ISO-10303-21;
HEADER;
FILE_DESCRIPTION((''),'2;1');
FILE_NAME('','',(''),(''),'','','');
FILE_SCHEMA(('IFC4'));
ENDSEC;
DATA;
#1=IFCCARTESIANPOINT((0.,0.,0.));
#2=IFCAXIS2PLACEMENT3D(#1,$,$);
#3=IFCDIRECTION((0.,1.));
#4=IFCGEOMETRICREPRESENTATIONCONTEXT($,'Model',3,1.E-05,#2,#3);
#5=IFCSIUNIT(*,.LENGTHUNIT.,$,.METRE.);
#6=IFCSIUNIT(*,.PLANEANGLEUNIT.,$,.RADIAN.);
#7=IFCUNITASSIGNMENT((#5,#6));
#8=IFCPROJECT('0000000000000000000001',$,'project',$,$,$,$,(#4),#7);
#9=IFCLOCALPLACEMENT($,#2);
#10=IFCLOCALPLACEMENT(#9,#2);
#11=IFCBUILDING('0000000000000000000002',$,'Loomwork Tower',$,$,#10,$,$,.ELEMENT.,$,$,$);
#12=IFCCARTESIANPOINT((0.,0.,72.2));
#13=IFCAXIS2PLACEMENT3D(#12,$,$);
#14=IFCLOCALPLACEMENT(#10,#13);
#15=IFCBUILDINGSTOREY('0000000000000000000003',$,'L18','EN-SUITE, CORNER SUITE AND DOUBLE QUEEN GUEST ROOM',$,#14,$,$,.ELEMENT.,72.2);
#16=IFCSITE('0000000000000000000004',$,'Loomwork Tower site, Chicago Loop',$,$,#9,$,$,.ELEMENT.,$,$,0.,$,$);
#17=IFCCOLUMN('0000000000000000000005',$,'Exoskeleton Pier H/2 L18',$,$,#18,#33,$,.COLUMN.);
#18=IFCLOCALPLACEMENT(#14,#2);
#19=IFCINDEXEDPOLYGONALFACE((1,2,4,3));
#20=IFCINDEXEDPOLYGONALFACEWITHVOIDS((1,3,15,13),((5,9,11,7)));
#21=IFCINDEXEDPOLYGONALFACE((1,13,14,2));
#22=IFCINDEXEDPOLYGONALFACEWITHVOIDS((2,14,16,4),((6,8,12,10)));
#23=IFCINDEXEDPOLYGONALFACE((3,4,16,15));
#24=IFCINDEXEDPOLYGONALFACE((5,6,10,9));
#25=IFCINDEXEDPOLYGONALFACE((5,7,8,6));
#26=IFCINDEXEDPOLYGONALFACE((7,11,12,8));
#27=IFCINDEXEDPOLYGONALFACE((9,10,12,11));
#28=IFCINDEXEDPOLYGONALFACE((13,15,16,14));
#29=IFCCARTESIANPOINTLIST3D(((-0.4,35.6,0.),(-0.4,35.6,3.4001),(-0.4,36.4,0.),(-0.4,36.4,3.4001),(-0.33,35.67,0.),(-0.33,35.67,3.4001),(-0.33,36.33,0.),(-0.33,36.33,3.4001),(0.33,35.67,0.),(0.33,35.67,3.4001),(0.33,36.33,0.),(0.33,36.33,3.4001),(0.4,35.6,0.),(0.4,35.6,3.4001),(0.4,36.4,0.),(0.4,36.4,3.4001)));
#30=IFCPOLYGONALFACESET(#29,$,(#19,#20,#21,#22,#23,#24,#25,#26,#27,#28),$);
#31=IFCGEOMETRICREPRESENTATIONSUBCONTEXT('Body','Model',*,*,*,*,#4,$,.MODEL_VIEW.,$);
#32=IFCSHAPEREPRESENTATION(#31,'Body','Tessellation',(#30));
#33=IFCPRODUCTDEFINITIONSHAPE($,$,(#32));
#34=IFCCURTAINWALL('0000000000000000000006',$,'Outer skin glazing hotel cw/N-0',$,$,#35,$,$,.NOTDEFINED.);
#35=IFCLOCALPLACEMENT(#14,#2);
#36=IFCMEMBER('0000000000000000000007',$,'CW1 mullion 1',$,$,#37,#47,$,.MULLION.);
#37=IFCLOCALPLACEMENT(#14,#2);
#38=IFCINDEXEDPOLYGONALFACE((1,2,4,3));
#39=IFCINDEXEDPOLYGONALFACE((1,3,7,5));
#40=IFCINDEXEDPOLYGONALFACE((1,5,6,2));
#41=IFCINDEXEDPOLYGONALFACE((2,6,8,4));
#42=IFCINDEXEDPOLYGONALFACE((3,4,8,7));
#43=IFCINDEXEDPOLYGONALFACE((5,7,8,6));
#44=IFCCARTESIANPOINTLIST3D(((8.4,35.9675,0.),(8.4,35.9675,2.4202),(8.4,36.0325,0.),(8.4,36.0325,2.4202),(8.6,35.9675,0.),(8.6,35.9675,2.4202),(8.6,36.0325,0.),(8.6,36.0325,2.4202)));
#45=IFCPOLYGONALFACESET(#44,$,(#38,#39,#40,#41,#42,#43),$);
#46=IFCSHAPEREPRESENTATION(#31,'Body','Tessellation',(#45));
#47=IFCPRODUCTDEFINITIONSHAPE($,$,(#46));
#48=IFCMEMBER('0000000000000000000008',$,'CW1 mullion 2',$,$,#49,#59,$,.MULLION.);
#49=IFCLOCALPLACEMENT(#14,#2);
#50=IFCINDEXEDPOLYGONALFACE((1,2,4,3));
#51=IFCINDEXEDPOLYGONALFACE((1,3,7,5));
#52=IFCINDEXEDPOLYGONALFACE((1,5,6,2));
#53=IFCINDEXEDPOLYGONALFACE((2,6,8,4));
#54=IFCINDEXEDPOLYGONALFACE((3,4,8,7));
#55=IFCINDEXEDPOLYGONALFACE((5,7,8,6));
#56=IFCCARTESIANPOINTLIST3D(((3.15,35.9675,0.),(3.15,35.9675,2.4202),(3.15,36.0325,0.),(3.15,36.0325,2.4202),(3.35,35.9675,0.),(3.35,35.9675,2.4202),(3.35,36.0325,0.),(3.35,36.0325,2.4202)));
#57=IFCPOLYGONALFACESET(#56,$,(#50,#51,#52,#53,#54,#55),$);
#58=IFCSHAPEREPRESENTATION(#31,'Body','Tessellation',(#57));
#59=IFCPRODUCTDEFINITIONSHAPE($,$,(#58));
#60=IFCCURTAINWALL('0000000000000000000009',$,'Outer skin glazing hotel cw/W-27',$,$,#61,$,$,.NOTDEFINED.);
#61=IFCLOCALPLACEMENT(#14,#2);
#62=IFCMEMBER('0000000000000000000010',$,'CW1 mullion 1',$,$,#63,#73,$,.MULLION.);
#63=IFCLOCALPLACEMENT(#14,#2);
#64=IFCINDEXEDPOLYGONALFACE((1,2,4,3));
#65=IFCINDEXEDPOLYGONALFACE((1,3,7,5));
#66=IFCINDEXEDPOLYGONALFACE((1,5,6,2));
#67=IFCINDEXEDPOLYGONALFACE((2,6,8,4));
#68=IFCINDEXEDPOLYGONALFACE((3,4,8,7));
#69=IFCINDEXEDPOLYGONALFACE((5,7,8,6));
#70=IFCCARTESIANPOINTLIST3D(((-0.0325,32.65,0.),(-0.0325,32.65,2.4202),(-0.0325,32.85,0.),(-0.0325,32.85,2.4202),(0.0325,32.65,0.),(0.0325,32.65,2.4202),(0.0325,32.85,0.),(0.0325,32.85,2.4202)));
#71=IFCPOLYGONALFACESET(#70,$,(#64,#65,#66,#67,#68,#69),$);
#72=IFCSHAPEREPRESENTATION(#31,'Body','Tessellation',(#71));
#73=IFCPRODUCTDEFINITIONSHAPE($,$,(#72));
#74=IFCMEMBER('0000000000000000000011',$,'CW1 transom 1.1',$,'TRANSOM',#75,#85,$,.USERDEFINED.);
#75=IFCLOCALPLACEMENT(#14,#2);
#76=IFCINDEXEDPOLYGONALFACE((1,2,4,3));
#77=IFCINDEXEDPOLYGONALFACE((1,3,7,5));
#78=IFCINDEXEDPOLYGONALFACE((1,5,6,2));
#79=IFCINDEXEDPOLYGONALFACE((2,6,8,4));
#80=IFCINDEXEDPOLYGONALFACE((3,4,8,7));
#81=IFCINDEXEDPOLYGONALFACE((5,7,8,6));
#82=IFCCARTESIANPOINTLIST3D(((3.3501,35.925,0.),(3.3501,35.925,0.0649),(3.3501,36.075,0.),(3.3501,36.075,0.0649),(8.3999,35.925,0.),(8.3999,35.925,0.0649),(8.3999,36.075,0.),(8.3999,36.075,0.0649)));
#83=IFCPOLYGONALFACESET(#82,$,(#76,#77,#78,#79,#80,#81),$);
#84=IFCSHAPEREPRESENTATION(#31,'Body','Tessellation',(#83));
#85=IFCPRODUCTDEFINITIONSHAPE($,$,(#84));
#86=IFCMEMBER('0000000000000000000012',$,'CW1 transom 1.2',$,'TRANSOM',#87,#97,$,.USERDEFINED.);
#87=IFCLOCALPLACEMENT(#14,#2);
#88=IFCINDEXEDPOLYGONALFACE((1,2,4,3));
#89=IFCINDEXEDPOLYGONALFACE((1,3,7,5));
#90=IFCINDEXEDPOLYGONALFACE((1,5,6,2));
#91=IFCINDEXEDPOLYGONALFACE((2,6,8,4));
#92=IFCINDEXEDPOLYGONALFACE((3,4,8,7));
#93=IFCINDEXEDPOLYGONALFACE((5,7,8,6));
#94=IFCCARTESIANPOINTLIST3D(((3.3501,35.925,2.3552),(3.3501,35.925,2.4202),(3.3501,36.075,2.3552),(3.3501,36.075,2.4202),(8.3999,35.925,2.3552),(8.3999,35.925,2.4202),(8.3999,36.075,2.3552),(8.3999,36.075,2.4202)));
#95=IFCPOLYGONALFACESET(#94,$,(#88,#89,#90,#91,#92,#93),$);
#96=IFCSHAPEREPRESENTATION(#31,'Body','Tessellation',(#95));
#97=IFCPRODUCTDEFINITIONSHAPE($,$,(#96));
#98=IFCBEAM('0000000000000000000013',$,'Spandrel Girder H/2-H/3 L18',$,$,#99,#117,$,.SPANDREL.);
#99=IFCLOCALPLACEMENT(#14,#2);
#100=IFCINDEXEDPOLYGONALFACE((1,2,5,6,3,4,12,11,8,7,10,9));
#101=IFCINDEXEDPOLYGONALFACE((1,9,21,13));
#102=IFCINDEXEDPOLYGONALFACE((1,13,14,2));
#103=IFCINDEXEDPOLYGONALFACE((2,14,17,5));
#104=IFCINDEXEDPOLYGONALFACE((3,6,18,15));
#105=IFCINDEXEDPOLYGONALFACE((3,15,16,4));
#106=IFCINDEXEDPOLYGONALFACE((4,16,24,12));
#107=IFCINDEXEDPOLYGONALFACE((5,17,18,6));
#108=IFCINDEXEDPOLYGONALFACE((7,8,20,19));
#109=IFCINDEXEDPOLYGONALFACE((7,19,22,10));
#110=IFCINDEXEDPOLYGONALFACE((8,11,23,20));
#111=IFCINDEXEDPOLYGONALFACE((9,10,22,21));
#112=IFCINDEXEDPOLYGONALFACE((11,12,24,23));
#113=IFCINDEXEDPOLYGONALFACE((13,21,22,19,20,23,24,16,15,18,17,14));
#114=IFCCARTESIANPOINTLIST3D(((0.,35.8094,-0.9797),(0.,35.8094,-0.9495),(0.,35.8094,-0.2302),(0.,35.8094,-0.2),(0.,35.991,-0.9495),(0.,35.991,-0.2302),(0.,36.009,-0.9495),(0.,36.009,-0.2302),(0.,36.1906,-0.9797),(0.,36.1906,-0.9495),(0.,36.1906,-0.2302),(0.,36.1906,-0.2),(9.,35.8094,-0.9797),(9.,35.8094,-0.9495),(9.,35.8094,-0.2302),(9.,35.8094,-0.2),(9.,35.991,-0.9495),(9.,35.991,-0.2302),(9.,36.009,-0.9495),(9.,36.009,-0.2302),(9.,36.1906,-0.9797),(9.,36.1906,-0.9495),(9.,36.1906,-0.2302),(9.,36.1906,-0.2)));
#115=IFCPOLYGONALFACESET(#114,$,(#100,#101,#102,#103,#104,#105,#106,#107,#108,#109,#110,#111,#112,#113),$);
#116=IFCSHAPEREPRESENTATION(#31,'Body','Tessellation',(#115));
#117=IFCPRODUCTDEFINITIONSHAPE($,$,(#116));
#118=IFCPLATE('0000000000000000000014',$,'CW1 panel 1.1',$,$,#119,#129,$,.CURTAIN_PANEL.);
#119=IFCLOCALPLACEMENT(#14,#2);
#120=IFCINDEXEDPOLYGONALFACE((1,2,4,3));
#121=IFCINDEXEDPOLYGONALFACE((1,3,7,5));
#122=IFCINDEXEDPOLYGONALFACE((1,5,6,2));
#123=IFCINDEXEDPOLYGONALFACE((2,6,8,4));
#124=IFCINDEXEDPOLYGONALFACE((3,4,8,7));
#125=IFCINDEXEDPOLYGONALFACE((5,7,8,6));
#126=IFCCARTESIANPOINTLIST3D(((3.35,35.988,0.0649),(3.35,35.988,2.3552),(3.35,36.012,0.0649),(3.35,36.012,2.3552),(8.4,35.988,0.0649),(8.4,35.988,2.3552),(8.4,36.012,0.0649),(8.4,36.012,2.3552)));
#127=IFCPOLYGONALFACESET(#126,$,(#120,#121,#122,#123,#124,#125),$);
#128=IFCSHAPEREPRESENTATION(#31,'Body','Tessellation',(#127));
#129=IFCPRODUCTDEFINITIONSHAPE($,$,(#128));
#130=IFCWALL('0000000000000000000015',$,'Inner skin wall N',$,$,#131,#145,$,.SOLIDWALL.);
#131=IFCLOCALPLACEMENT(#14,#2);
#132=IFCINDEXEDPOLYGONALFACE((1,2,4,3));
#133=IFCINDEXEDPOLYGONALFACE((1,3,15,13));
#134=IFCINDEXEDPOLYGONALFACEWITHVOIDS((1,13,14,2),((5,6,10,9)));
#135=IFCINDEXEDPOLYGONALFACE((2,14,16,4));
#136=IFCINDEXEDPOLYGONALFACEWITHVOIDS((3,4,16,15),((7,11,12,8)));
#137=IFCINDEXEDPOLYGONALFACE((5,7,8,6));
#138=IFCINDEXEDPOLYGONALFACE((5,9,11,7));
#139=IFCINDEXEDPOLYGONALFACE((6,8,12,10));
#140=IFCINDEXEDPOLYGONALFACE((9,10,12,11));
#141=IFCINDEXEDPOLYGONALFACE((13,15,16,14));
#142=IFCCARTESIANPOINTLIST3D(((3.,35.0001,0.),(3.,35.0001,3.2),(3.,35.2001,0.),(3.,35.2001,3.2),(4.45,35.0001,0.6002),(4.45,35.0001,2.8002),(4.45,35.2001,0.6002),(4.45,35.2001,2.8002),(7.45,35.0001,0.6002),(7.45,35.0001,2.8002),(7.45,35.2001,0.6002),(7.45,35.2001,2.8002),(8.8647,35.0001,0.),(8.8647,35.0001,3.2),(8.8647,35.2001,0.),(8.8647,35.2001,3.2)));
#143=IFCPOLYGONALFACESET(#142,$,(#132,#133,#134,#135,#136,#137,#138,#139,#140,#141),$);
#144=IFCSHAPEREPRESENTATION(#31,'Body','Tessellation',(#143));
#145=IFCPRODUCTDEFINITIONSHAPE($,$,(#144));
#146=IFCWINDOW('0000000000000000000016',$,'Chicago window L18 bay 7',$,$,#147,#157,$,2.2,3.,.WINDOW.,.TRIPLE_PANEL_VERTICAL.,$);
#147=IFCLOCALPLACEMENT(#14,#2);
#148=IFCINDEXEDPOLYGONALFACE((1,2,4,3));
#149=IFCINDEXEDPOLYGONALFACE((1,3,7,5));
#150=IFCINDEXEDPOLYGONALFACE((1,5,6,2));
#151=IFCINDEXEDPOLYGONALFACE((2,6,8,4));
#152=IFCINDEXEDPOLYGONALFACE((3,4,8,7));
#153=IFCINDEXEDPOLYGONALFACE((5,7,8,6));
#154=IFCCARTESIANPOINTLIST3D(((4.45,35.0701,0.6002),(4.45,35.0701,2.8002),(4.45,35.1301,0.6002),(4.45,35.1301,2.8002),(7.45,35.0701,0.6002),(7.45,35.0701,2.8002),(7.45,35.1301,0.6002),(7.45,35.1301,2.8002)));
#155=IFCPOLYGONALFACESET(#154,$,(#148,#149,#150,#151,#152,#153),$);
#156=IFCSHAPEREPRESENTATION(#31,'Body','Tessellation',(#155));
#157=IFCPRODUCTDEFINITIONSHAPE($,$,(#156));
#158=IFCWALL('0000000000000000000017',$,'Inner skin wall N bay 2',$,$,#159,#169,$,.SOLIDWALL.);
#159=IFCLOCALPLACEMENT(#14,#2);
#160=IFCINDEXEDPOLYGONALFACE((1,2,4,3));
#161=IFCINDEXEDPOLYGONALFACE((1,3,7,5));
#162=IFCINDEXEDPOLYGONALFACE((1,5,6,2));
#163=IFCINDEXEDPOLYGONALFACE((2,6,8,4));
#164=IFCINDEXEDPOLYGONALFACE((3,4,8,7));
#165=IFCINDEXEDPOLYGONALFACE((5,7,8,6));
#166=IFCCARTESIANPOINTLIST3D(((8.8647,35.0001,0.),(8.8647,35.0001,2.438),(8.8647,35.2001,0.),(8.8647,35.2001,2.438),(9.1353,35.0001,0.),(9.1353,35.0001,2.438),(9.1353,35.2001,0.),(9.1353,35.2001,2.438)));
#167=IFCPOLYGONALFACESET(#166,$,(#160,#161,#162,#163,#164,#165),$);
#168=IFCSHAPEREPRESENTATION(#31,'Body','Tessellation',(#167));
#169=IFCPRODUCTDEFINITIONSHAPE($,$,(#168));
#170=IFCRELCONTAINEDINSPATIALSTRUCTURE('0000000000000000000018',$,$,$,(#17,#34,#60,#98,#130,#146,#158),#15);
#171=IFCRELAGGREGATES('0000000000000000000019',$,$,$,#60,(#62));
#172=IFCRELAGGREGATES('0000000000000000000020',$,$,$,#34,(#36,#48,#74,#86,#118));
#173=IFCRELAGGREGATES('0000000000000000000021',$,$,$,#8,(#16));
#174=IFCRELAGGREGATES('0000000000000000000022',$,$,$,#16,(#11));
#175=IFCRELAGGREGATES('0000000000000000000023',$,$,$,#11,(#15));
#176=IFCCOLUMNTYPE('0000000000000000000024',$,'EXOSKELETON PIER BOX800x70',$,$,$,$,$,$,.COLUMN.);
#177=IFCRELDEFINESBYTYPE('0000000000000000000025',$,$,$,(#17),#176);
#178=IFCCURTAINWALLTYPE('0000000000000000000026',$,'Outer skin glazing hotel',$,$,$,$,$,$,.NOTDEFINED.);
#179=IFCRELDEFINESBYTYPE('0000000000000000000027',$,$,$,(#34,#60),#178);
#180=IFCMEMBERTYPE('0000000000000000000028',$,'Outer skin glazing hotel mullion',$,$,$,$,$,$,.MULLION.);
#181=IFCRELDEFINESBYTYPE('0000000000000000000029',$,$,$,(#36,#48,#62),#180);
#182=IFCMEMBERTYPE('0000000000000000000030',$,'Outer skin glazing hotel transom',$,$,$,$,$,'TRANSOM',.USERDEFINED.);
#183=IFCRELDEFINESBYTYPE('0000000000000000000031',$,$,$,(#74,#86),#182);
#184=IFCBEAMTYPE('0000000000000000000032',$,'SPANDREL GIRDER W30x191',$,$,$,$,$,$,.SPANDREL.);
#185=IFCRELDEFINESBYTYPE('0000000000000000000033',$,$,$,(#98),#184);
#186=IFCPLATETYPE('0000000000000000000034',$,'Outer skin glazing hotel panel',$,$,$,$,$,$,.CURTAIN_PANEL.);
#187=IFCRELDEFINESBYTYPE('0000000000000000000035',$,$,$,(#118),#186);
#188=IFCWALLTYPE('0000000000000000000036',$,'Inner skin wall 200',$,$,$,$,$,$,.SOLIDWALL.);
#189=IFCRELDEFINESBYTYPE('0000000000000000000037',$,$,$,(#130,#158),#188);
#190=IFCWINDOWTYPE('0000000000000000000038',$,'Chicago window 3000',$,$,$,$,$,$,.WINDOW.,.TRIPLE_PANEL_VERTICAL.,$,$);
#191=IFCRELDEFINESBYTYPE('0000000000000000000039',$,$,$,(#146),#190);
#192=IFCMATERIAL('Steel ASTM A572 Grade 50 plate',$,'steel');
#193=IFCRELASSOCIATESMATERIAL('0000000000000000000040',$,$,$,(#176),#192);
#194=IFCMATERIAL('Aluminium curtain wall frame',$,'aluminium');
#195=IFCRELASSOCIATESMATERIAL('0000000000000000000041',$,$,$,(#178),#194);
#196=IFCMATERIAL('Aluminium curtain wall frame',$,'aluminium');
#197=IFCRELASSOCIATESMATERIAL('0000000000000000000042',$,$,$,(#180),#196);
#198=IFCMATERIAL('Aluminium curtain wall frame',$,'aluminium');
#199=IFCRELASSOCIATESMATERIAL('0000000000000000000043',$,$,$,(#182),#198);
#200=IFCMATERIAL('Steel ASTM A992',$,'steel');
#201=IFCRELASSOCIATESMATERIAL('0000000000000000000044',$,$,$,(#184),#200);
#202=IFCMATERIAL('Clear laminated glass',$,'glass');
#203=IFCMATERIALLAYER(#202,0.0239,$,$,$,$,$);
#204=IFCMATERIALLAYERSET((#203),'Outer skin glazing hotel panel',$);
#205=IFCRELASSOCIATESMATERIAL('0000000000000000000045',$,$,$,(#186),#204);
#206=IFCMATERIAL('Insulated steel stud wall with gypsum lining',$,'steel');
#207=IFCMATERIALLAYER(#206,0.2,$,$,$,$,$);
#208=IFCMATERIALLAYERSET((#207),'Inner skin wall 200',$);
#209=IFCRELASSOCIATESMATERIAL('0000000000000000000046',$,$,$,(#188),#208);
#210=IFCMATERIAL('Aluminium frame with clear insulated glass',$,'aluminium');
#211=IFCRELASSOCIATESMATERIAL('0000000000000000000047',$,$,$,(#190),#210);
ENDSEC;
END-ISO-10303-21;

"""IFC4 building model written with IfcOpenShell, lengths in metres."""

from ifc_helpers import new_model, si_unit, direction, frame, frame_2d, origin, origin_2d, place, context, subcontext, project, spatial, rectangle, hollow_rectangle, i_section, extrude, material, layer, layer_set, material_profile, profile_set, type_object, element, fill, aggregate, save


model = new_model("IFC4")

# Units and contexts
model_context = context("Model", 3, precision=1e-05, world=origin(), true_north=direction((0.0, 1.0)))
body_context = subcontext(model_context, "Body", "Model", "MODEL_VIEW")
ifc_project = project(units=[si_unit("LENGTHUNIT", "METRE"), si_unit("PLANEANGLEUNIT", "RADIAN")], contexts=[model_context])

# Site, building, storey
site_placement = place(None, origin())
site = spatial("IfcSite", under=ifc_project, at=site_placement, Name="Loomwork Tower site, Chicago Loop", CompositionType="ELEMENT", RefElevation=0.0)
building_placement = place(site_placement, origin())
building = spatial("IfcBuilding", under=site, at=building_placement, Name="Loomwork Tower", CompositionType="ELEMENT")
storey_placement = place(building_placement, frame((0.0, 0.0, 72.2)))
storey = spatial("IfcBuildingStorey", under=building, at=storey_placement, Name="L18", Description="EN-SUITE, CORNER SUITE AND DOUBLE QUEEN GUEST ROOM", CompositionType="ELEMENT", Elevation=72.2)

# Column
ifc_material_1 = material(Name="Steel ASTM A572 Grade 50 plate", Category="steel")
ifc_material_profile_1 = material_profile(ifc_material_1, hollow_rectangle(XDim=0.8, YDim=0.8, WallThickness=0.0701, at=origin_2d()), Name="BOX800x70")
ifc_profile_set_1 = profile_set([ifc_material_profile_1], Name="Steel ASTM A572 Grade 50 plate")
column_type = type_object("IfcColumnType", Name="EXOSKELETON PIER BOX800x70", PredefinedType="COLUMN", material=ifc_profile_set_1)
column_placement = place(storey_placement, frame((0.0, 36.0, 0.0), z_axis=(0.0, 0.0, 1.0), x_axis=(1.0, 0.0, 0.0)))
element("IfcColumn", 1, at=column_placement, inside=storey, type_object=column_type, Name="Exoskeleton Pier H/2 L18", PredefinedType="COLUMN", context=body_context, shape_type="SweptSolid", body=[
    extrude(hollow_rectangle(XDim=0.8, YDim=0.8, WallThickness=0.0701, at=origin_2d()), origin(), (0.0, 0.0, 1.0), 3.4001),
])

# Curtain wall, members
ifc_material_2 = material(Name="Aluminium curtain wall frame", Category="aluminium")
curtain_wall_type = type_object("IfcCurtainWallType", Name="Outer skin glazing hotel", PredefinedType="NOTDEFINED", material=ifc_material_2)
curtain_wall_1_placement = place(storey_placement, origin())
curtain_wall_1 = element("IfcCurtainWall", 2, at=curtain_wall_1_placement, inside=storey, type_object=curtain_wall_type, Name="Outer skin glazing hotel cw/N-0", PredefinedType="NOTDEFINED")
ifc_material_3 = material(Name="Aluminium curtain wall frame", Category="aluminium")
ifc_material_profile_2 = material_profile(ifc_material_3, rectangle(XDim=0.0649, YDim=0.2, at=origin_2d()), Name="AL 65x200")
ifc_profile_set_2 = profile_set([ifc_material_profile_2], Name="Aluminium curtain wall frame")
member_type_1 = type_object("IfcMemberType", Name="Outer skin glazing hotel mullion", PredefinedType="MULLION", material=ifc_profile_set_2)
member_1_placement = place(storey_placement, frame((8.5, 36.0, 0.0), z_axis=(0.0, 0.0, 1.0), x_axis=(0.0, -1.0, 0.0)))
member_1 = element("IfcMember", 3, at=member_1_placement, type_object=member_type_1, Name="CW1 mullion 1", PredefinedType="MULLION", context=body_context, shape_type="SweptSolid", body=[
    extrude(rectangle(XDim=0.0649, YDim=0.2, at=origin_2d()), origin(), (0.0, 0.0, 1.0), 2.4202),
])
member_2_placement = place(storey_placement, frame((3.25, 36.0, 0.0), z_axis=(0.0, 0.0, 1.0), x_axis=(0.0, -1.0, 0.0)))
member_2 = element("IfcMember", 4, at=member_2_placement, type_object=member_type_1, Name="CW1 mullion 2", PredefinedType="MULLION", context=body_context, shape_type="SweptSolid", body=[
    extrude(rectangle(XDim=0.0649, YDim=0.2, at=origin_2d()), origin(), (0.0, 0.0, 1.0), 2.4202),
])

# Curtain wall, member
curtain_wall_2_placement = place(storey_placement, origin())
curtain_wall_2 = element("IfcCurtainWall", 5, at=curtain_wall_2_placement, inside=storey, type_object=curtain_wall_type, Name="Outer skin glazing hotel cw/W-27", PredefinedType="NOTDEFINED")
member_3_placement = place(storey_placement, frame((0.0, 32.75, 0.0), z_axis=(0.0, 0.0, 1.0), x_axis=(1.0, 0.0, 0.0)))
member_3 = element("IfcMember", 6, at=member_3_placement, type_object=member_type_1, Name="CW1 mullion 1", PredefinedType="MULLION", context=body_context, shape_type="SweptSolid", body=[
    extrude(rectangle(XDim=0.0649, YDim=0.2, at=origin_2d()), origin(), (0.0, 0.0, 1.0), 2.4202),
])
aggregate(curtain_wall_2, [member_3])

# Members
ifc_material_4 = material(Name="Aluminium curtain wall frame", Category="aluminium")
ifc_material_profile_3 = material_profile(ifc_material_4, rectangle(XDim=0.1499, YDim=0.0649, at=origin_2d()), Name="AL 65x150")
ifc_profile_set_3 = profile_set([ifc_material_profile_3], Name="Aluminium curtain wall frame")
member_type_2 = type_object("IfcMemberType", Name="Outer skin glazing hotel transom", ElementType="TRANSOM", PredefinedType="USERDEFINED", material=ifc_profile_set_3)
member_4_placement = place(storey_placement, frame((8.3999, 36.0, 0.0325), z_axis=(-1.0, 0.0, 0.0), x_axis=(0.0, -1.0, 0.0)))
member_4 = element("IfcMember", 7, at=member_4_placement, type_object=member_type_2, Name="CW1 transom 1.1", ObjectType="TRANSOM", PredefinedType="USERDEFINED", context=body_context, shape_type="SweptSolid", body=[
    extrude(rectangle(XDim=0.1499, YDim=0.0649, at=origin_2d()), origin(), (0.0, 0.0, 1.0), 5.0498),
])
member_5_placement = place(storey_placement, frame((8.3999, 36.0, 2.3877), z_axis=(-1.0, 0.0, 0.0), x_axis=(0.0, -1.0, 0.0)))
member_5 = element("IfcMember", 8, at=member_5_placement, type_object=member_type_2, Name="CW1 transom 1.2", ObjectType="TRANSOM", PredefinedType="USERDEFINED", context=body_context, shape_type="SweptSolid", body=[
    extrude(rectangle(XDim=0.1499, YDim=0.0649, at=origin_2d()), origin(), (0.0, 0.0, 1.0), 5.0498),
])

# Beam
ifc_material_5 = material(Name="Steel ASTM A992", Category="steel")
ifc_material_profile_4 = material_profile(ifc_material_5, i_section(OverallWidth=0.3811, OverallDepth=0.7798, WebThickness=0.0181, FlangeThickness=0.0303, at=origin_2d()), Name="W30x191")
ifc_profile_set_4 = profile_set([ifc_material_profile_4], Name="Steel ASTM A992")
beam_type = type_object("IfcBeamType", Name="SPANDREL GIRDER W30x191", PredefinedType="SPANDREL", material=ifc_profile_set_4)
beam_placement = place(storey_placement, frame((0.0, 36.0, -0.5898), z_axis=(1.0, 0.0, 0.0), x_axis=(0.0, 1.0, 0.0)))
element("IfcBeam", 9, at=beam_placement, inside=storey, type_object=beam_type, Name="Spandrel Girder H/2-H/3 L18", PredefinedType="SPANDREL", context=body_context, shape_type="SweptSolid", body=[
    extrude(i_section(OverallWidth=0.3811, OverallDepth=0.7798, WebThickness=0.0181, FlangeThickness=0.0303, at=origin_2d()), origin(), (0.0, 0.0, 1.0), 9.0),
])

# Plate
ifc_material_6 = material(Name="Clear laminated glass", Category="glass")
ifc_layer_1 = layer(ifc_material_6, 0.0239)
ifc_layer_set_1 = layer_set([ifc_layer_1], Name="Outer skin glazing hotel panel")
plate_type = type_object("IfcPlateType", Name="Outer skin glazing hotel panel", PredefinedType="CURTAIN_PANEL", material=ifc_layer_set_1)
plate_placement = place(storey_placement, frame((5.875, 36.0, 0.0649), z_axis=(0.0, 0.0, 1.0), x_axis=(-1.0, 0.0, 0.0)))
plate = element("IfcPlate", 10, at=plate_placement, type_object=plate_type, Name="CW1 panel 1.1", PredefinedType="CURTAIN_PANEL", context=body_context, shape_type="SweptSolid", body=[
    extrude(rectangle(XDim=5.05, YDim=0.0239, at=origin_2d()), origin(), (0.0, 0.0, 1.0), 2.2903),
])
aggregate(curtain_wall_1, [member_1, member_2, member_4, member_5, plate])

# Wall, opening, window
ifc_material_7 = material(Name="Insulated steel stud wall with gypsum lining", Category="steel")
ifc_layer_2 = layer(ifc_material_7, 0.2)
ifc_layer_set_2 = layer_set([ifc_layer_2], Name="Inner skin wall 200")
wall_type_1 = type_object("IfcWallType", Name="Inner skin wall 200", PredefinedType="SOLIDWALL", material=ifc_layer_set_2)
wall_1_placement = place(storey_placement, frame((3.0, 35.1001, 0.0), z_axis=(0.0, 0.0, 1.0), x_axis=(1.0, 0.0, 0.0)))
wall_1 = element("IfcWall", 11, at=wall_1_placement, inside=storey, type_object=wall_type_1, Name="Inner skin wall N", PredefinedType="SOLIDWALL", context=body_context, shape_type="SweptSolid", body=[
    extrude(rectangle(XDim=5.8647, YDim=0.2, at=frame_2d((2.9324, 0.0))), origin(), (0.0, 0.0, 1.0), 3.2),
])
opening_1_placement = place(wall_1_placement, frame((1.45, 0.0, 0.6001)))
opening_1 = element("IfcOpeningElement", 12, at=opening_1_placement, cuts=wall_1, PredefinedType="OPENING", context=body_context, shape_type="SweptSolid", body=[
    extrude(rectangle(XDim=3.0, YDim=2.2, at=frame_2d((1.5, 1.1001))), frame((0.0, 0.1099, 0.0), z_axis=(0.0, -1.0, 0.0), x_axis=(1.0, 0.0, 0.0)), (0.0, 0.0, 1.0), 0.22),
])
ifc_material_8 = material(Name="Aluminium frame with clear insulated glass", Category="aluminium")
window_type_1 = type_object("IfcWindowType", Name="Chicago window 3000", PartitioningType="TRIPLE_PANEL_VERTICAL", PredefinedType="WINDOW", material=ifc_material_8)
window_1_placement = place(opening_1_placement, origin())
window_1 = element("IfcWindow", 13, at=window_1_placement, inside=storey, type_object=window_type_1, Name="Chicago window L18 bay 7", OverallHeight=2.2, OverallWidth=3.0, PartitioningType="TRIPLE_PANEL_VERTICAL", PredefinedType="WINDOW", context=body_context, shape_type="SweptSolid", body=[
    extrude(rectangle(XDim=3.0, YDim=2.2, at=frame_2d((1.5, 1.1001))), frame((0.0, 0.03, 0.0), z_axis=(0.0, -1.0, 0.0), x_axis=(1.0, 0.0, 0.0)), (0.0, 0.0, 1.0), 0.0601),
])
fill(opening_1, window_1)

# Wall
wall_2_placement = place(storey_placement, frame((8.8647, 35.1001, 0.0), z_axis=(0.0, 0.0, 1.0), x_axis=(1.0, 0.0, 0.0)))
element("IfcWall", 14, at=wall_2_placement, inside=storey, type_object=wall_type_1, Name="Inner skin wall N bay 2", PredefinedType="SOLIDWALL", context=body_context, shape_type="SweptSolid", body=[
    extrude(rectangle(XDim=0.2705, YDim=0.2, at=frame_2d((0.1353, 0.0))), origin(), (0.0, 0.0, 1.0), 2.438),
])

save(model, "model.ifc")
